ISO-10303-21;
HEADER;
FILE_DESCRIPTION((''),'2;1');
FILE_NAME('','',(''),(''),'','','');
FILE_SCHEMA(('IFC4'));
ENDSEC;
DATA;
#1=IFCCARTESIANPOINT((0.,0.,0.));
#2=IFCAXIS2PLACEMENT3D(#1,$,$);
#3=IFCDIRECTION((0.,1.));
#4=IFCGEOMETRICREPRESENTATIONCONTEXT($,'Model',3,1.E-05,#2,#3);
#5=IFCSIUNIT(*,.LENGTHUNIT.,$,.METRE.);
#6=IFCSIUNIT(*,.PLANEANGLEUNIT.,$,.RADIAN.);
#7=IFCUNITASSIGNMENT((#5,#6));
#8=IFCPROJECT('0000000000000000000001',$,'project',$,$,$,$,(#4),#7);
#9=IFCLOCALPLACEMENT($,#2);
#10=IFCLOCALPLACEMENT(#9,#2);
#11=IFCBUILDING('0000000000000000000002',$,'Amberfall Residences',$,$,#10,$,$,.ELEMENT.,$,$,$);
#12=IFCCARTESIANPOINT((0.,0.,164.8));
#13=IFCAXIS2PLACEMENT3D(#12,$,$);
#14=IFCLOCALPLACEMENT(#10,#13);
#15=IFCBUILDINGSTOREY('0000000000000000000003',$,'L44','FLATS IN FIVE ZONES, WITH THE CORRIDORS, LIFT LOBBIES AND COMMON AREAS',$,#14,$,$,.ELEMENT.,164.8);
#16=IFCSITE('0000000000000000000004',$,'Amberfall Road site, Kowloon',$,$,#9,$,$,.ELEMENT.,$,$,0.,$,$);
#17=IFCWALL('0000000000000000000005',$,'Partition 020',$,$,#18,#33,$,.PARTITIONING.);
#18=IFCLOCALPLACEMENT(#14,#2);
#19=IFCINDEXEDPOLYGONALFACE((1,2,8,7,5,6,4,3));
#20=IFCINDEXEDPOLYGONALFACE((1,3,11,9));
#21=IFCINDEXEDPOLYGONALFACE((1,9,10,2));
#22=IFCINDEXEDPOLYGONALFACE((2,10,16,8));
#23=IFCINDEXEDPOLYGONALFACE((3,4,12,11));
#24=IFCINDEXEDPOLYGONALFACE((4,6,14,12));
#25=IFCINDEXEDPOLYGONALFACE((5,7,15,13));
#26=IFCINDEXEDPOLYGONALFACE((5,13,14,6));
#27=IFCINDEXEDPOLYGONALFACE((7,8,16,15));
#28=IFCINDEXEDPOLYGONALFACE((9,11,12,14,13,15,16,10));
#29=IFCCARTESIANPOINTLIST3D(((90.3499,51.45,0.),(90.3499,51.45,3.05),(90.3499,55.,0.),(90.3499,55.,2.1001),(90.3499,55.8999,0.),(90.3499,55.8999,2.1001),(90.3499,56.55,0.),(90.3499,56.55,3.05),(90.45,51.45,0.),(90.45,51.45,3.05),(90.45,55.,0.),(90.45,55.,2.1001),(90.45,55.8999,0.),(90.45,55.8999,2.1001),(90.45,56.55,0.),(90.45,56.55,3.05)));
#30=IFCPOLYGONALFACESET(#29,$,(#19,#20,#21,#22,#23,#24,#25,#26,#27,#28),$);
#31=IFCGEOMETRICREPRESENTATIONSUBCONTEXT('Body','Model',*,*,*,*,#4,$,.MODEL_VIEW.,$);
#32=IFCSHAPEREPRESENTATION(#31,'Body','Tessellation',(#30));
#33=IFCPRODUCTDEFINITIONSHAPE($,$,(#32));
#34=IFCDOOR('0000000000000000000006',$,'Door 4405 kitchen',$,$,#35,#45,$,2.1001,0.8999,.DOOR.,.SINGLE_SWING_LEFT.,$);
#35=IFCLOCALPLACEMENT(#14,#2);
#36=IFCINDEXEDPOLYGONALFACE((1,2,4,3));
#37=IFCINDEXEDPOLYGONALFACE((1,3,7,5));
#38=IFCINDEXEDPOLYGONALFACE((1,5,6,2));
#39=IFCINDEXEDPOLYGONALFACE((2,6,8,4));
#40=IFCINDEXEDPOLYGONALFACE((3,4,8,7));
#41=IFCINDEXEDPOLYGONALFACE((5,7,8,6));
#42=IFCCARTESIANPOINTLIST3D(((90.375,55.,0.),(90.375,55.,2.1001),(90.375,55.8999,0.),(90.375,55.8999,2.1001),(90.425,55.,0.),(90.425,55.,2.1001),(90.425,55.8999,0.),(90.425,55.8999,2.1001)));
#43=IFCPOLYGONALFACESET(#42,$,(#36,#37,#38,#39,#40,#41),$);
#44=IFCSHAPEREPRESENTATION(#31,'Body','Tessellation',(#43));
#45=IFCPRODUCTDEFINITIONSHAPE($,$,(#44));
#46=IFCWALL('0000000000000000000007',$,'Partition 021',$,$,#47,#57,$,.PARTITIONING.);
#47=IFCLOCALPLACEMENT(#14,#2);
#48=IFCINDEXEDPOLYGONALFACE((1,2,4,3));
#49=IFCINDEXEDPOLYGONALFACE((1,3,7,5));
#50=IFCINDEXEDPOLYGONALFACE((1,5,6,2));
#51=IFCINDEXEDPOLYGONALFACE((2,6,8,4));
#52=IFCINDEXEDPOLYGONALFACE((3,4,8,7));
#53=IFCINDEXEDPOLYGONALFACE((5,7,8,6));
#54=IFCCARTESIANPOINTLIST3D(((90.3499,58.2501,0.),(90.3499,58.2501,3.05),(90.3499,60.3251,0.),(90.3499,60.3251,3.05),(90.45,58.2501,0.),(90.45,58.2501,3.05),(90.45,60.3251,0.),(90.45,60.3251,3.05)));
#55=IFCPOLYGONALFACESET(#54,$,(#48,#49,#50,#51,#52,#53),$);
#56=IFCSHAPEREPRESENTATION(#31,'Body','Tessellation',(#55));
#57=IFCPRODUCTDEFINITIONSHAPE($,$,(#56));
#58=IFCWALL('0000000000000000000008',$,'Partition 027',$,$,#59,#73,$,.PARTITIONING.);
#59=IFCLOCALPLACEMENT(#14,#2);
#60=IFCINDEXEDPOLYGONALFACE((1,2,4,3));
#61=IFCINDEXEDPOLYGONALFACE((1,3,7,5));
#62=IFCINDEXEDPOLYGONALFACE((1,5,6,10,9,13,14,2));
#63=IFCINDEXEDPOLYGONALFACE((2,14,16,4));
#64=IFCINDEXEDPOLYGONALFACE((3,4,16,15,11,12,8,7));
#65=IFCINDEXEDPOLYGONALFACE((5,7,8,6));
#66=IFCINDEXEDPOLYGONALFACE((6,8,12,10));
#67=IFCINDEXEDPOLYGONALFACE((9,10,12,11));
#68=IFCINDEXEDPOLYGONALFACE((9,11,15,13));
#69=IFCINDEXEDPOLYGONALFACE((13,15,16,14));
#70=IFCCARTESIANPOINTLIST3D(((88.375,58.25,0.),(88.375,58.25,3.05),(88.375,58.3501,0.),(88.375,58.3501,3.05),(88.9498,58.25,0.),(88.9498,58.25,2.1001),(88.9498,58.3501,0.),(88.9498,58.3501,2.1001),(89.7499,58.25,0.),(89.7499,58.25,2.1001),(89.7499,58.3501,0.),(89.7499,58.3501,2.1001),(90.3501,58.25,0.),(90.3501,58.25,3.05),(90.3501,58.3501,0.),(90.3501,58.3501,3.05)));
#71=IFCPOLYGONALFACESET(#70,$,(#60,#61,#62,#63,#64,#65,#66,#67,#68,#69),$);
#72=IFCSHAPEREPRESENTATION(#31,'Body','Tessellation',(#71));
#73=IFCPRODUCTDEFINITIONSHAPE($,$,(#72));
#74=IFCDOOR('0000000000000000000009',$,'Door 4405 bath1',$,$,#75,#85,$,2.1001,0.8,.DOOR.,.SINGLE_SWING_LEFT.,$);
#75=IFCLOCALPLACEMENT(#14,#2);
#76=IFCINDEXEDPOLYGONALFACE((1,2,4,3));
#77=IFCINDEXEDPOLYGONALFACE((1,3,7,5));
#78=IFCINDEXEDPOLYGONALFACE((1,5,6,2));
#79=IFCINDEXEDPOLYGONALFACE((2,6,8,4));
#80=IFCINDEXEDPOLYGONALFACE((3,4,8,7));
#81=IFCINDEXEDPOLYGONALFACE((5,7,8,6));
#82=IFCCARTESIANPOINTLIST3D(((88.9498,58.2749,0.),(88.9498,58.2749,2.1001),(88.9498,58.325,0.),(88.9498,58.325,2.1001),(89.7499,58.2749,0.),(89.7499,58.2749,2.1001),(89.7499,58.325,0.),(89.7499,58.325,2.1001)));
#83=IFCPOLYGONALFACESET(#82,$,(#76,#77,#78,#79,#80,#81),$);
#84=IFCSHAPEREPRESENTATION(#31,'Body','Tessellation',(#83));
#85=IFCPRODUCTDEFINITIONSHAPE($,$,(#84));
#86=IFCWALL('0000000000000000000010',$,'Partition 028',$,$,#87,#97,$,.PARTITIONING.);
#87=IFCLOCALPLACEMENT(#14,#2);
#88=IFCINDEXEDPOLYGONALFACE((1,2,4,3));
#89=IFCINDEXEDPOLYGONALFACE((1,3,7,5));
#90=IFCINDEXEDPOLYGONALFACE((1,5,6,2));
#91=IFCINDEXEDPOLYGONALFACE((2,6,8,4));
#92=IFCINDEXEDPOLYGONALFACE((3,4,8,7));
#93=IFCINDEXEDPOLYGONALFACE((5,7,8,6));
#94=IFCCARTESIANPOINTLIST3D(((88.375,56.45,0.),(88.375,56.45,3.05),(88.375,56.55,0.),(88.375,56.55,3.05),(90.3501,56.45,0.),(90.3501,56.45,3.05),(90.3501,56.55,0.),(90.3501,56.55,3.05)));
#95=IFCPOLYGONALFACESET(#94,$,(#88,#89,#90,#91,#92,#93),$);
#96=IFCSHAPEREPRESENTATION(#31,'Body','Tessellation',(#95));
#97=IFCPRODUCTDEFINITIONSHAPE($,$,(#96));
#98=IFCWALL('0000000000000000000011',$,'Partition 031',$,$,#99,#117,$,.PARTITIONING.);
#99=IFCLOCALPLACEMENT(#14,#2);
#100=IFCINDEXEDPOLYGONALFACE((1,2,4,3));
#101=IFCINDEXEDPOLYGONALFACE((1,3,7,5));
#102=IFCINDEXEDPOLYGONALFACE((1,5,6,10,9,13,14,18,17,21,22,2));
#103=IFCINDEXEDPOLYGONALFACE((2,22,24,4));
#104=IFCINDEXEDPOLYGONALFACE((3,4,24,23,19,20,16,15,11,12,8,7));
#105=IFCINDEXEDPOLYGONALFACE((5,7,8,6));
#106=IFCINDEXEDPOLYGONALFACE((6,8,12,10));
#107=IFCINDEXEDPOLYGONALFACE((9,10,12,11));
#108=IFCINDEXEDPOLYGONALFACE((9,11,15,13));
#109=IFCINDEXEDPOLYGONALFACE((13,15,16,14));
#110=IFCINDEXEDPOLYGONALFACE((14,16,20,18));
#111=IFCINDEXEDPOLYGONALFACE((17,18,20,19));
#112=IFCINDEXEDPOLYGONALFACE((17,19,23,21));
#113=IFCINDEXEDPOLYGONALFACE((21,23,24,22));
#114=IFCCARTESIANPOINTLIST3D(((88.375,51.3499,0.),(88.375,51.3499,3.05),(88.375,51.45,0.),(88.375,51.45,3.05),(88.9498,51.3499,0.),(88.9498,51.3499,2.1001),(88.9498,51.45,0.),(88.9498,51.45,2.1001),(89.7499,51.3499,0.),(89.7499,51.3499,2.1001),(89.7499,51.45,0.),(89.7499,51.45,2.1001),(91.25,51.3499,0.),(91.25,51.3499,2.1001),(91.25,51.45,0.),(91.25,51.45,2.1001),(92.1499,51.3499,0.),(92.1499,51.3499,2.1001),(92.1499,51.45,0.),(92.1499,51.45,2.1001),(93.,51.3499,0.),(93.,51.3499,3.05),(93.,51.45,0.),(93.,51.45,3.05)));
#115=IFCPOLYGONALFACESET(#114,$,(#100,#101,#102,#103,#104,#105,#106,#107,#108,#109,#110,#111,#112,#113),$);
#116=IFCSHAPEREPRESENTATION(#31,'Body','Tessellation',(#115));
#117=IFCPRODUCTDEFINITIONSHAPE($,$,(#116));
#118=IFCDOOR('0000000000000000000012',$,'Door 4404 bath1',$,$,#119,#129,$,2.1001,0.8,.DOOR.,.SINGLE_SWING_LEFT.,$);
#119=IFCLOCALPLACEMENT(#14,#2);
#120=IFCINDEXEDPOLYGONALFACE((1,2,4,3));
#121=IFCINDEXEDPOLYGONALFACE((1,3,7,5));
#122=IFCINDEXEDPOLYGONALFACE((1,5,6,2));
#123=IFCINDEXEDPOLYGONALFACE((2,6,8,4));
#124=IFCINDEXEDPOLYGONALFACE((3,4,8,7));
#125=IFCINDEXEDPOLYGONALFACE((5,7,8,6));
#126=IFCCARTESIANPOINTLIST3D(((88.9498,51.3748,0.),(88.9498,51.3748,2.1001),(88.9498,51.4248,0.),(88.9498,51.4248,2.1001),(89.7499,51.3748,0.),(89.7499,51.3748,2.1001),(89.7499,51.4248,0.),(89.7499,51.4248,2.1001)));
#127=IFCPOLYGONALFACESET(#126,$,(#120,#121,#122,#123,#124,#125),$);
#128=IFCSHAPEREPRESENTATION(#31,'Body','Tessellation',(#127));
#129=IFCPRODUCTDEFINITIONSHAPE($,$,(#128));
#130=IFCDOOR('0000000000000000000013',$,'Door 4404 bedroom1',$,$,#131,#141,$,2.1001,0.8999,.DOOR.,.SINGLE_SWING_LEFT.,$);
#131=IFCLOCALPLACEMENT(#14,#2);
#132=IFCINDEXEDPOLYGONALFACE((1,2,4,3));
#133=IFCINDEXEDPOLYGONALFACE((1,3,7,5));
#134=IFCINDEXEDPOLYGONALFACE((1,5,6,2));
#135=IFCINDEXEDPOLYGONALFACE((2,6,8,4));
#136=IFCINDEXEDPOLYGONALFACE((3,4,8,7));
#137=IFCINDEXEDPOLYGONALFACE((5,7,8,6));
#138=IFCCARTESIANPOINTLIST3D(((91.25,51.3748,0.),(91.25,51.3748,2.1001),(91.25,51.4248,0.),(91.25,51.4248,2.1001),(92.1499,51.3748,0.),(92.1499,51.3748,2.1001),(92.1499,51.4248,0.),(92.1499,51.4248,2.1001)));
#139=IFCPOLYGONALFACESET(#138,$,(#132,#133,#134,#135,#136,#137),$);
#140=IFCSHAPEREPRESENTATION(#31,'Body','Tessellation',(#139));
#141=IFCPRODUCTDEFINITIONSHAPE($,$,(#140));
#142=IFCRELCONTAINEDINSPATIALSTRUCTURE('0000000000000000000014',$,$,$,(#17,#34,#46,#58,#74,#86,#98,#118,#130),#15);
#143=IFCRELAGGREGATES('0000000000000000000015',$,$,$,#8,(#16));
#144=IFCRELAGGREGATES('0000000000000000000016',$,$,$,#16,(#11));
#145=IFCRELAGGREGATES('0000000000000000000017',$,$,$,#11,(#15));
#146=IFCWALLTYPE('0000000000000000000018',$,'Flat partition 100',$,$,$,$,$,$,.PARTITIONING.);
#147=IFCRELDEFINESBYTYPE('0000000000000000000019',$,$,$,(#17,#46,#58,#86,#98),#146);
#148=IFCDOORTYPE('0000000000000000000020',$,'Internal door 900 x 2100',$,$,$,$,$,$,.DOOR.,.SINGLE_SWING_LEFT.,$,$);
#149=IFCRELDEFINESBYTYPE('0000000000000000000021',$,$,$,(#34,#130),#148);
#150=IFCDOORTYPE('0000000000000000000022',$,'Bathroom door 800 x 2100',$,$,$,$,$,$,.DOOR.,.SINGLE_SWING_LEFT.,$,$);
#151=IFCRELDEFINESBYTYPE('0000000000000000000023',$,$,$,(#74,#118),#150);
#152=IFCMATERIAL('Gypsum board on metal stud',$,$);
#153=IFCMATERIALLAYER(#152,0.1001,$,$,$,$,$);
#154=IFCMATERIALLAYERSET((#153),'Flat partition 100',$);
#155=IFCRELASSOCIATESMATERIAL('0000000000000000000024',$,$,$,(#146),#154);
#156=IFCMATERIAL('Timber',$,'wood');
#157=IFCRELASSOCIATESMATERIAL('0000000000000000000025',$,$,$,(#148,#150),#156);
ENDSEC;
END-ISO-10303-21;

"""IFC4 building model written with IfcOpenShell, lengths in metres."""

from ifc_helpers import new_model, si_unit, direction, frame, frame_2d, origin, place, context, subcontext, project, spatial, rectangle, extrude, material, layer, layer_set, type_object, element, fill, save


model = new_model("IFC4")

# Units and contexts
model_context = context("Model", 3, precision=1e-05, world=origin(), true_north=direction((0.0, 1.0)))
body_context = subcontext(model_context, "Body", "Model", "MODEL_VIEW")
ifc_project = project(units=[si_unit("LENGTHUNIT", "METRE"), si_unit("PLANEANGLEUNIT", "RADIAN")], contexts=[model_context])

# Site, building, storey
site_placement = place(None, origin())
site = spatial("IfcSite", under=ifc_project, at=site_placement, Name="Amberfall Road site, Kowloon", CompositionType="ELEMENT", RefElevation=0.0)
building_placement = place(site_placement, origin())
building = spatial("IfcBuilding", under=site, at=building_placement, Name="Amberfall Residences", CompositionType="ELEMENT")
storey_placement = place(building_placement, frame((0.0, 0.0, 164.8)))
storey = spatial("IfcBuildingStorey", under=building, at=storey_placement, Name="L44", Description="FLATS IN FIVE ZONES, WITH THE CORRIDORS, LIFT LOBBIES AND COMMON AREAS", CompositionType="ELEMENT", Elevation=164.8)

# Wall, opening, door
ifc_material_1 = material(Name="Gypsum board on metal stud")
ifc_layer_1 = layer(ifc_material_1, 0.1001)
ifc_layer_set_1 = layer_set([ifc_layer_1], Name="Flat partition 100")
wall_type_1 = type_object("IfcWallType", Name="Flat partition 100", PredefinedType="PARTITIONING", material=ifc_layer_set_1)
wall_1_placement = place(storey_placement, frame((90.3999, 51.45, 0.0), z_axis=(0.0, 0.0, 1.0), x_axis=(0.0, 1.0, 0.0)))
wall_1 = element("IfcWall", 1, at=wall_1_placement, inside=storey, type_object=wall_type_1, Name="Partition 020", PredefinedType="PARTITIONING", context=body_context, shape_type="SweptSolid", body=[
    extrude(rectangle(XDim=5.1001, YDim=0.1001, at=frame_2d((2.55, 0.0))), origin(), (0.0, 0.0, 1.0), 3.05),
])
opening_1_placement = place(wall_1_placement, frame((3.55, 0.0, 0.0)))
opening_1 = element("IfcOpeningElement", 2, at=opening_1_placement, cuts=wall_1, PredefinedType="OPENING", context=body_context, shape_type="SweptSolid", body=[
    extrude(rectangle(XDim=0.8999, YDim=2.1001, at=frame_2d((0.45, 1.05))), frame((0.0, 0.0601, 0.0), z_axis=(0.0, -1.0, 0.0), x_axis=(1.0, 0.0, 0.0)), (0.0, 0.0, 1.0), 0.1201),
])
ifc_material_2 = material(Name="Timber", Category="wood")
door_type_1 = type_object("IfcDoorType", Name="Internal door 900 x 2100", OperationType="SINGLE_SWING_LEFT", PredefinedType="DOOR", material=ifc_material_2)
door_1_placement = place(opening_1_placement, origin())
door_1 = element("IfcDoor", 3, at=door_1_placement, inside=storey, type_object=door_type_1, Name="Door 4405 kitchen", OperationType="SINGLE_SWING_LEFT", OverallHeight=2.1001, OverallWidth=0.8999, PredefinedType="DOOR", context=body_context, shape_type="SweptSolid", body=[
    extrude(rectangle(XDim=0.8999, YDim=2.1001, at=frame_2d((0.45, 1.05))), frame((0.0, 0.0249, 0.0), z_axis=(0.0, -1.0, 0.0), x_axis=(1.0, 0.0, 0.0)), (0.0, 0.0, 1.0), 0.05),
])
fill(opening_1, door_1)

# Wall
wall_2_placement = place(storey_placement, frame((90.3999, 58.25, 0.0), z_axis=(0.0, 0.0, 1.0), x_axis=(0.0, 1.0, 0.0)))
element("IfcWall", 4, at=wall_2_placement, inside=storey, type_object=wall_type_1, Name="Partition 021", PredefinedType="PARTITIONING", context=body_context, shape_type="SweptSolid", body=[
    extrude(rectangle(XDim=2.075, YDim=0.1001, at=frame_2d((1.0376, 0.0))), origin(), (0.0, 0.0, 1.0), 3.05),
])

# Wall, opening, door
wall_3_placement = place(storey_placement, frame((88.375, 58.3, 0.0), z_axis=(0.0, 0.0, 1.0), x_axis=(1.0, 0.0, 0.0)))
wall_3 = element("IfcWall", 5, at=wall_3_placement, inside=storey, type_object=wall_type_1, Name="Partition 027", PredefinedType="PARTITIONING", context=body_context, shape_type="SweptSolid", body=[
    extrude(rectangle(XDim=1.9751, YDim=0.1001, at=frame_2d((0.9875, 0.0))), origin(), (0.0, 0.0, 1.0), 3.05),
])
opening_2_placement = place(wall_3_placement, frame((0.575, 0.0, 0.0)))
opening_2 = element("IfcOpeningElement", 6, at=opening_2_placement, cuts=wall_3, PredefinedType="OPENING", context=body_context, shape_type="SweptSolid", body=[
    extrude(rectangle(XDim=0.8, YDim=2.1001, at=frame_2d((0.3999, 1.05))), frame((0.0, 0.0601, 0.0), z_axis=(0.0, -1.0, 0.0), x_axis=(1.0, 0.0, 0.0)), (0.0, 0.0, 1.0), 0.1201),
])
door_type_2 = type_object("IfcDoorType", Name="Bathroom door 800 x 2100", OperationType="SINGLE_SWING_LEFT", PredefinedType="DOOR", material=ifc_material_2)
door_2_placement = place(opening_2_placement, origin())
door_2 = element("IfcDoor", 7, at=door_2_placement, inside=storey, type_object=door_type_2, Name="Door 4405 bath1", OperationType="SINGLE_SWING_LEFT", OverallHeight=2.1001, OverallWidth=0.8, PredefinedType="DOOR", context=body_context, shape_type="SweptSolid", body=[
    extrude(rectangle(XDim=0.8, YDim=2.1001, at=frame_2d((0.3999, 1.05))), frame((0.0, 0.0249, 0.0), z_axis=(0.0, -1.0, 0.0), x_axis=(1.0, 0.0, 0.0)), (0.0, 0.0, 1.0), 0.05),
])
fill(opening_2, door_2)

# Wall
wall_4_placement = place(storey_placement, frame((88.375, 56.5, 0.0), z_axis=(0.0, 0.0, 1.0), x_axis=(1.0, 0.0, 0.0)))
element("IfcWall", 8, at=wall_4_placement, inside=storey, type_object=wall_type_1, Name="Partition 028", PredefinedType="PARTITIONING", context=body_context, shape_type="SweptSolid", body=[
    extrude(rectangle(XDim=1.9751, YDim=0.1001, at=frame_2d((0.9875, 0.0))), origin(), (0.0, 0.0, 1.0), 3.05),
])

# Wall, openings, doors
wall_5_placement = place(storey_placement, frame((88.375, 51.3999, 0.0), z_axis=(0.0, 0.0, 1.0), x_axis=(1.0, 0.0, 0.0)))
wall_5 = element("IfcWall", 9, at=wall_5_placement, inside=storey, type_object=wall_type_1, Name="Partition 031", PredefinedType="PARTITIONING", context=body_context, shape_type="SweptSolid", body=[
    extrude(rectangle(XDim=4.625, YDim=0.1001, at=frame_2d((2.3125, 0.0))), origin(), (0.0, 0.0, 1.0), 3.05),
])
opening_3_placement = place(wall_5_placement, frame((2.875, 0.0, 0.0)))
opening_3 = element("IfcOpeningElement", 10, at=opening_3_placement, cuts=wall_5, PredefinedType="OPENING", context=body_context, shape_type="SweptSolid", body=[
    extrude(rectangle(XDim=0.8999, YDim=2.1001, at=frame_2d((0.45, 1.05))), frame((0.0, 0.0601, 0.0), z_axis=(0.0, -1.0, 0.0), x_axis=(1.0, 0.0, 0.0)), (0.0, 0.0, 1.0), 0.1201),
])
opening_4_placement = place(wall_5_placement, frame((0.575, 0.0, 0.0)))
opening_4 = element("IfcOpeningElement", 11, at=opening_4_placement, cuts=wall_5, PredefinedType="OPENING", context=body_context, shape_type="SweptSolid", body=[
    extrude(rectangle(XDim=0.8, YDim=2.1001, at=frame_2d((0.3999, 1.05))), frame((0.0, 0.0601, 0.0), z_axis=(0.0, -1.0, 0.0), x_axis=(1.0, 0.0, 0.0)), (0.0, 0.0, 1.0), 0.1201),
])
door_3_placement = place(opening_4_placement, origin())
door_3 = element("IfcDoor", 12, at=door_3_placement, inside=storey, type_object=door_type_2, Name="Door 4404 bath1", OperationType="SINGLE_SWING_LEFT", OverallHeight=2.1001, OverallWidth=0.8, PredefinedType="DOOR", context=body_context, shape_type="SweptSolid", body=[
    extrude(rectangle(XDim=0.8, YDim=2.1001, at=frame_2d((0.3999, 1.05))), frame((0.0, 0.0249, 0.0), z_axis=(0.0, -1.0, 0.0), x_axis=(1.0, 0.0, 0.0)), (0.0, 0.0, 1.0), 0.05),
])
fill(opening_4, door_3)
door_4_placement = place(opening_3_placement, origin())
door_4 = element("IfcDoor", 13, at=door_4_placement, inside=storey, type_object=door_type_1, Name="Door 4404 bedroom1", OperationType="SINGLE_SWING_LEFT", OverallHeight=2.1001, OverallWidth=0.8999, PredefinedType="DOOR", context=body_context, shape_type="SweptSolid", body=[
    extrude(rectangle(XDim=0.8999, YDim=2.1001, at=frame_2d((0.45, 1.05))), frame((0.0, 0.0249, 0.0), z_axis=(0.0, -1.0, 0.0), x_axis=(1.0, 0.0, 0.0)), (0.0, 0.0, 1.0), 0.05),
])
fill(opening_3, door_4)

save(model, "model.ifc")
